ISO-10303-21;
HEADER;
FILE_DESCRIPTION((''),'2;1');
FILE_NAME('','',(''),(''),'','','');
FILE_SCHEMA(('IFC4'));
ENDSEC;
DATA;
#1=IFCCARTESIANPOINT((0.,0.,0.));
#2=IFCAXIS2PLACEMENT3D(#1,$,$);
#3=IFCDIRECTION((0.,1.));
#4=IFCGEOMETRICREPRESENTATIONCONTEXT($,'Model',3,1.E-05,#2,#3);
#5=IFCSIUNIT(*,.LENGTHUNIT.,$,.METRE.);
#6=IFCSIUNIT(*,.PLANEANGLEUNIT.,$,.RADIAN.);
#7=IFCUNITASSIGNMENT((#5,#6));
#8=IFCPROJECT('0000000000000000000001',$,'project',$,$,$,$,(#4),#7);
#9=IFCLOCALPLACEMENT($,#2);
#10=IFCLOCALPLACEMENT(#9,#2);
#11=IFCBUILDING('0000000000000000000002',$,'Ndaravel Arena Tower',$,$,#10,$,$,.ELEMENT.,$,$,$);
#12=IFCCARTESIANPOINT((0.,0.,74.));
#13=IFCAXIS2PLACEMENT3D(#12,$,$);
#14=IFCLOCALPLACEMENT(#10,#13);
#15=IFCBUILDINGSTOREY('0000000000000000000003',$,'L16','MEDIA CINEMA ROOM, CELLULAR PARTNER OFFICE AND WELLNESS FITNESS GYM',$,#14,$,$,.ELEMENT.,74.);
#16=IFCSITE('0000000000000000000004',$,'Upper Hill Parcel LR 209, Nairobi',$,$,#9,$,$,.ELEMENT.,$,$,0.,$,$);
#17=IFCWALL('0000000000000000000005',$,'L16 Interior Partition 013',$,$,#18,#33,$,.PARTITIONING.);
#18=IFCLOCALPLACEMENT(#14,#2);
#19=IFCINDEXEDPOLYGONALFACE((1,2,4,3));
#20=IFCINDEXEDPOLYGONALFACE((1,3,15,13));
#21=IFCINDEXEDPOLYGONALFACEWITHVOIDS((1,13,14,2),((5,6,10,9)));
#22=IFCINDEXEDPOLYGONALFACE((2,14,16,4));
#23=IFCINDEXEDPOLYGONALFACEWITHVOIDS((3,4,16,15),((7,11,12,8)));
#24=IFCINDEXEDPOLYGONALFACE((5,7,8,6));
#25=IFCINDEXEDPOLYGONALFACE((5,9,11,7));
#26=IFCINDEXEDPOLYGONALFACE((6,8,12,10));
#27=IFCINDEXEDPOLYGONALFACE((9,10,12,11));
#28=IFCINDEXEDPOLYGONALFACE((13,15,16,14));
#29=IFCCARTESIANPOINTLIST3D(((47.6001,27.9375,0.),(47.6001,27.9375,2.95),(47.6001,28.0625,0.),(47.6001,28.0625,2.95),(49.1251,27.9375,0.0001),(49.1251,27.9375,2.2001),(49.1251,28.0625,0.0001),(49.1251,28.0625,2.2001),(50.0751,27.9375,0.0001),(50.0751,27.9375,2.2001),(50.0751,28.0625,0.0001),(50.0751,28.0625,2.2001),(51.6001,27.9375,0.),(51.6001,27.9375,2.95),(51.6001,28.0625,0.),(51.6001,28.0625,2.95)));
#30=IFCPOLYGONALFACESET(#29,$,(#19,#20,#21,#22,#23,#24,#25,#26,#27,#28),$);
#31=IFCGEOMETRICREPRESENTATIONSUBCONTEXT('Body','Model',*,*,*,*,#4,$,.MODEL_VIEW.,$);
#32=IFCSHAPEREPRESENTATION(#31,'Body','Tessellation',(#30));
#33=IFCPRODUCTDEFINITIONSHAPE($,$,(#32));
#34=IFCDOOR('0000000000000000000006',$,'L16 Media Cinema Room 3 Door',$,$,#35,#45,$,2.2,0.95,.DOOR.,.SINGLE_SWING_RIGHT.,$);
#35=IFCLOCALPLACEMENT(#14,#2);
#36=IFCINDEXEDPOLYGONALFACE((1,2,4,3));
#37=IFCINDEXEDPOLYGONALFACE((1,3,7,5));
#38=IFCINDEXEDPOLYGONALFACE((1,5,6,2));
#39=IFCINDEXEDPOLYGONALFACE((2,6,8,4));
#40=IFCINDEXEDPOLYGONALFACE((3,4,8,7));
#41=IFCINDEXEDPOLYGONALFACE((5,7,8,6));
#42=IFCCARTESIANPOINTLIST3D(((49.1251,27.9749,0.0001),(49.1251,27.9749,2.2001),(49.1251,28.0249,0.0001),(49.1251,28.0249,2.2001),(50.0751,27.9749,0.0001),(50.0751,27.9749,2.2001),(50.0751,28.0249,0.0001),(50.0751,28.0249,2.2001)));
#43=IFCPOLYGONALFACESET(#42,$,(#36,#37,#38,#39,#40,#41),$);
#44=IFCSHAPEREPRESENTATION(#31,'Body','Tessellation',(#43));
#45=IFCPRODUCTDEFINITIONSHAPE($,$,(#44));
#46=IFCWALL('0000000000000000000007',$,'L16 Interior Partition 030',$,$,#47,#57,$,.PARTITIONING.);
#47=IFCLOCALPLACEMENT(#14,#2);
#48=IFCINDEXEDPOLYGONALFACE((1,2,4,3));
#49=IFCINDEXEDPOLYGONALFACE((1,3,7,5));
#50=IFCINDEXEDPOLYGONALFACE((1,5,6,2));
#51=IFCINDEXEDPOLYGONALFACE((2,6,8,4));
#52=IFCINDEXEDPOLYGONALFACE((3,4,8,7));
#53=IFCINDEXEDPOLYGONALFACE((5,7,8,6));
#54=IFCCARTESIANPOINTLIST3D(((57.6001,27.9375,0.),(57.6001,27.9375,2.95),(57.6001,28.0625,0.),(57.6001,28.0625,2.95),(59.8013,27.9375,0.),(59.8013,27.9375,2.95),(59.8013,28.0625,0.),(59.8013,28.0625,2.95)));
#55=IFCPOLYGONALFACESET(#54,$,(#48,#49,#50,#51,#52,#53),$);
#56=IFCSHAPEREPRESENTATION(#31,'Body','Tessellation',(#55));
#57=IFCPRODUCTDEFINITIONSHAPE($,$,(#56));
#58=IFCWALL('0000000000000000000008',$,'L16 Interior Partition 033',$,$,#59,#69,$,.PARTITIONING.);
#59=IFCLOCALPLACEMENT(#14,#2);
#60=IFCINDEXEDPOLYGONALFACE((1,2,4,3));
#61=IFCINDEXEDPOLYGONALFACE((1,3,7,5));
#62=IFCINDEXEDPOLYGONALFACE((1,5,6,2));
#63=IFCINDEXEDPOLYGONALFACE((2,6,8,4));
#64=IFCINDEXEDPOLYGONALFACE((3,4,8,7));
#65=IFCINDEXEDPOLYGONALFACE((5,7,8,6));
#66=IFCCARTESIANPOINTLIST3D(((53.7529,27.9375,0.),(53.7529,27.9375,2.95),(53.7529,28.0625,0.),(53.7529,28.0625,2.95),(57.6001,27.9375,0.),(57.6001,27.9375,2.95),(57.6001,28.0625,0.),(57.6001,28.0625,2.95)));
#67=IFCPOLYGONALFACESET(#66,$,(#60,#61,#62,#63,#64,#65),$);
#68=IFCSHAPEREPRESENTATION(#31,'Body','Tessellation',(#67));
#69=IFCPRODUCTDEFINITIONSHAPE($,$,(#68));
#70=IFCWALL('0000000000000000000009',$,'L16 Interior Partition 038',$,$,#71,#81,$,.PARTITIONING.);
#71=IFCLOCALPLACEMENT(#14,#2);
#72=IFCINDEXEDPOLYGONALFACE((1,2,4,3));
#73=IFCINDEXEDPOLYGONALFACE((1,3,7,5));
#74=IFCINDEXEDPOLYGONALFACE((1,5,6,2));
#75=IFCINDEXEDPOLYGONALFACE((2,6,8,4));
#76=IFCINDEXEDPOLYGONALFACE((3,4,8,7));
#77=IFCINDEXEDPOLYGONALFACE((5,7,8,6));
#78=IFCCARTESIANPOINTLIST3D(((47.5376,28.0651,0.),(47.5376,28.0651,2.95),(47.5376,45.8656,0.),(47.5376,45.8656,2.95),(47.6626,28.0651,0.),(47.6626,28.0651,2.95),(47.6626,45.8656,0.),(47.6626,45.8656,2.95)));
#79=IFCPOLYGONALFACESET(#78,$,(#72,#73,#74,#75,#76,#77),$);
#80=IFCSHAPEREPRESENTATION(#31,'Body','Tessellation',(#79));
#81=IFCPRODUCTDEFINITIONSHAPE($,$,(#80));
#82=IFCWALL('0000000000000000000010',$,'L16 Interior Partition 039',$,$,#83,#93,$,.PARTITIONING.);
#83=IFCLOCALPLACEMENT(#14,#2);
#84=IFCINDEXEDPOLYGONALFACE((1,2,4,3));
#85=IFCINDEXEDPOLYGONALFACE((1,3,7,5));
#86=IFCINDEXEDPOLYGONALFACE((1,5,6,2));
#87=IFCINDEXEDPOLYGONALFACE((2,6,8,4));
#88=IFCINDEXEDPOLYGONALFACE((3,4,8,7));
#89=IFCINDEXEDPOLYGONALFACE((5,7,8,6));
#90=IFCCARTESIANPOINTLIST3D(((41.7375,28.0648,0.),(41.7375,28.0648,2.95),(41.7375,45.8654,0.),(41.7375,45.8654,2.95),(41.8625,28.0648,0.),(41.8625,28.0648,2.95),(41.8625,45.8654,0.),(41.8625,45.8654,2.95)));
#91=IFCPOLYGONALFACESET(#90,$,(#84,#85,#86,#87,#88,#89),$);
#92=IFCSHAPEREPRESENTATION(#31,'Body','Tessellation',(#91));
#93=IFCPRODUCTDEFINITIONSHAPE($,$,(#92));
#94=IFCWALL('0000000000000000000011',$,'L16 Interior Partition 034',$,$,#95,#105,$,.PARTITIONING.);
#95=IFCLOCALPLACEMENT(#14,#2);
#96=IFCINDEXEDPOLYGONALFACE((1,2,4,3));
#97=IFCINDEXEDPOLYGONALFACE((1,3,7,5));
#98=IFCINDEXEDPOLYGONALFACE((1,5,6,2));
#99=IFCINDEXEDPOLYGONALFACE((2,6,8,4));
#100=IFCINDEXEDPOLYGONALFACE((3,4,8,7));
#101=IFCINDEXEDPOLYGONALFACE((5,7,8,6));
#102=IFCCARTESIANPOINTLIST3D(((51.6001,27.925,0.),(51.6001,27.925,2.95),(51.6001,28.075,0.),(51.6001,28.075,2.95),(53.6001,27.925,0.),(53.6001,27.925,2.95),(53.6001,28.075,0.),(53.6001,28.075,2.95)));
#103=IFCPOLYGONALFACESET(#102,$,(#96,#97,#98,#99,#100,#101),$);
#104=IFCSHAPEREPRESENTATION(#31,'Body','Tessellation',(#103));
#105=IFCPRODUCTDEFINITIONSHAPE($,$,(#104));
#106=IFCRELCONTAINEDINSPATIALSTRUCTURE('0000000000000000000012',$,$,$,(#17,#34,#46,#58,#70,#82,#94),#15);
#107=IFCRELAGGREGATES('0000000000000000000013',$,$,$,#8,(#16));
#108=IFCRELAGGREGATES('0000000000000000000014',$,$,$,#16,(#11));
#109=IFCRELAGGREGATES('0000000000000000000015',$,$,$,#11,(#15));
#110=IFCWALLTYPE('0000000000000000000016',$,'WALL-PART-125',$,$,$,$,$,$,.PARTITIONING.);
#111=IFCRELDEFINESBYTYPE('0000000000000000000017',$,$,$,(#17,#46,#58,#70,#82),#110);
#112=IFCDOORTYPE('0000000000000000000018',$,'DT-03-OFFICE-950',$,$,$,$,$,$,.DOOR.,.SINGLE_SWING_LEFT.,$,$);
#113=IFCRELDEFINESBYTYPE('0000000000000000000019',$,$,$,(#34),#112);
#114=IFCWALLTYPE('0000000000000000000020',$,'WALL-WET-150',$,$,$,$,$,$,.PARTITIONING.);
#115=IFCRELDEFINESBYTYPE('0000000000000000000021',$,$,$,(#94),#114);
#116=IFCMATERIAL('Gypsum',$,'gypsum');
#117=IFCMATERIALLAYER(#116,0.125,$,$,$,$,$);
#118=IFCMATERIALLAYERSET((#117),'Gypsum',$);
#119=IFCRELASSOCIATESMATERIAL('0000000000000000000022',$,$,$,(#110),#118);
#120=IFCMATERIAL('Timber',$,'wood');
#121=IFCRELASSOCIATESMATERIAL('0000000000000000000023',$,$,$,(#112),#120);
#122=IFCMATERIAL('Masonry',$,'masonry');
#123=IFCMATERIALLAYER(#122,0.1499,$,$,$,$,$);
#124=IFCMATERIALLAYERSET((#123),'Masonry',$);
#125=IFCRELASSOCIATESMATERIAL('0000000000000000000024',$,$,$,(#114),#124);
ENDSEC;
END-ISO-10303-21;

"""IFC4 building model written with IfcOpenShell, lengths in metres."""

from ifc_helpers import new_model, si_unit, direction, frame, frame_2d, origin, place, context, subcontext, project, spatial, rectangle, extrude, material, layer, layer_set, type_object, element, fill, save


model = new_model("IFC4")

# Units and contexts
model_context = context("Model", 3, precision=1e-05, world=origin(), true_north=direction((0.0, 1.0)))
body_context = subcontext(model_context, "Body", "Model", "MODEL_VIEW")
ifc_project = project(units=[si_unit("LENGTHUNIT", "METRE"), si_unit("PLANEANGLEUNIT", "RADIAN")], contexts=[model_context])

# Site, building, storey
site_placement = place(None, origin())
site = spatial("IfcSite", under=ifc_project, at=site_placement, Name="Upper Hill Parcel LR 209, Nairobi", CompositionType="ELEMENT", RefElevation=0.0)
building_placement = place(site_placement, origin())
building = spatial("IfcBuilding", under=site, at=building_placement, Name="Ndaravel Arena Tower", CompositionType="ELEMENT")
storey_placement = place(building_placement, frame((0.0, 0.0, 74.0)))
storey = spatial("IfcBuildingStorey", under=building, at=storey_placement, Name="L16", Description="MEDIA CINEMA ROOM, CELLULAR PARTNER OFFICE AND WELLNESS FITNESS GYM", CompositionType="ELEMENT", Elevation=74.0)

# Wall, opening, door
ifc_material_1 = material(Name="Gypsum", Category="gypsum")
ifc_layer_1 = layer(ifc_material_1, 0.125)
ifc_layer_set_1 = layer_set([ifc_layer_1], Name="Gypsum")
wall_type_1 = type_object("IfcWallType", Name="WALL-PART-125", PredefinedType="PARTITIONING", material=ifc_layer_set_1)
wall_1_placement = place(storey_placement, frame((47.6001, 28.0, 0.0), z_axis=(0.0, 0.0, 1.0), x_axis=(1.0, 0.0, 0.0)))
wall_1 = element("IfcWall", 1, at=wall_1_placement, inside=storey, type_object=wall_type_1, Name="L16 Interior Partition 013", PredefinedType="PARTITIONING", context=body_context, shape_type="SweptSolid", body=[
    extrude(rectangle(XDim=4.0, YDim=0.125, at=frame_2d((2.0, 0.0))), origin(), (0.0, 0.0, 1.0), 2.95),
])
opening_placement = place(wall_1_placement, frame((1.5249, 0.0, 0.0)))
opening = element("IfcOpeningElement", 2, at=opening_placement, cuts=wall_1, PredefinedType="OPENING", context=body_context, shape_type="SweptSolid", body=[
    extrude(rectangle(XDim=0.95, YDim=2.2, at=frame_2d((0.4751, 1.1001))), frame((0.0, 0.0625, 0.0), z_axis=(0.0, -1.0, 0.0), x_axis=(1.0, 0.0, 0.0)), (0.0, 0.0, 1.0), 0.125),
])
ifc_material_2 = material(Name="Timber", Category="wood")
door_type = type_object("IfcDoorType", Name="DT-03-OFFICE-950", OperationType="SINGLE_SWING_LEFT", PredefinedType="DOOR", material=ifc_material_2)
door_placement = place(opening_placement, origin())
door = element("IfcDoor", 3, at=door_placement, inside=storey, type_object=door_type, Name="L16 Media Cinema Room 3 Door", OperationType="SINGLE_SWING_RIGHT", OverallHeight=2.2, OverallWidth=0.95, PredefinedType="DOOR", context=body_context, shape_type="SweptSolid", body=[
    extrude(rectangle(XDim=0.95, YDim=2.2, at=frame_2d((0.4751, 1.1001))), frame((0.0, 0.0249, 0.0), z_axis=(0.0, -1.0, 0.0), x_axis=(1.0, 0.0, 0.0)), (0.0, 0.0, 1.0), 0.05),
])
fill(opening, door)

# Walls
wall_2_placement = place(storey_placement, frame((57.6001, 28.0, 0.0), z_axis=(0.0, 0.0, 1.0), x_axis=(1.0, 0.0, 0.0)))
element("IfcWall", 4, at=wall_2_placement, inside=storey, type_object=wall_type_1, Name="L16 Interior Partition 030", PredefinedType="PARTITIONING", context=body_context, shape_type="SweptSolid", body=[
    extrude(rectangle(XDim=2.2012, YDim=0.125, at=frame_2d((1.1006, 0.0))), origin(), (0.0, 0.0, 1.0), 2.95),
])
wall_3_placement = place(storey_placement, frame((53.7529, 28.0, 0.0), z_axis=(0.0, 0.0, 1.0), x_axis=(1.0, 0.0, 0.0)))
element("IfcWall", 5, at=wall_3_placement, inside=storey, type_object=wall_type_1, Name="L16 Interior Partition 033", PredefinedType="PARTITIONING", context=body_context, shape_type="SweptSolid", body=[
    extrude(rectangle(XDim=3.8472, YDim=0.125, at=frame_2d((1.9236, 0.0))), origin(), (0.0, 0.0, 1.0), 2.95),
])
for number, where, z_axis, x_axis, name in (
    (6, (47.6001, 28.0649, 0.0), (0.0, 0.0, 1.0), (0.0, 1.0, 0.0), "L16 Interior Partition 038"),
    (7, (41.8, 45.8655, 0.0), (0.0, 0.0, 1.0), (0.0, -1.0, 0.0), "L16 Interior Partition 039"),
):
    element("IfcWall", number, at=place(storey_placement, frame(where, z_axis=z_axis, x_axis=x_axis)), inside=storey, type_object=wall_type_1, Name=name, PredefinedType="PARTITIONING", context=body_context, shape_type="SweptSolid", body=[
        extrude(rectangle(XDim=17.8005, YDim=0.125, at=frame_2d((8.9004, 0.0))), origin(), (0.0, 0.0, 1.0), 2.95),
    ])
ifc_material_3 = material(Name="Masonry", Category="masonry")
ifc_layer_2 = layer(ifc_material_3, 0.1499)
ifc_layer_set_2 = layer_set([ifc_layer_2], Name="Masonry")
wall_type_2 = type_object("IfcWallType", Name="WALL-WET-150", PredefinedType="PARTITIONING", material=ifc_layer_set_2)
wall_4_placement = place(storey_placement, frame((51.6001, 28.0, 0.0), z_axis=(0.0, 0.0, 1.0), x_axis=(1.0, 0.0, 0.0)))
element("IfcWall", 8, at=wall_4_placement, inside=storey, type_object=wall_type_2, Name="L16 Interior Partition 034", PredefinedType="PARTITIONING", context=body_context, shape_type="SweptSolid", body=[
    extrude(rectangle(XDim=2.0, YDim=0.1499, at=frame_2d((1.0, 0.0))), origin(), (0.0, 0.0, 1.0), 2.95),
])

save(model, "model.ifc")
